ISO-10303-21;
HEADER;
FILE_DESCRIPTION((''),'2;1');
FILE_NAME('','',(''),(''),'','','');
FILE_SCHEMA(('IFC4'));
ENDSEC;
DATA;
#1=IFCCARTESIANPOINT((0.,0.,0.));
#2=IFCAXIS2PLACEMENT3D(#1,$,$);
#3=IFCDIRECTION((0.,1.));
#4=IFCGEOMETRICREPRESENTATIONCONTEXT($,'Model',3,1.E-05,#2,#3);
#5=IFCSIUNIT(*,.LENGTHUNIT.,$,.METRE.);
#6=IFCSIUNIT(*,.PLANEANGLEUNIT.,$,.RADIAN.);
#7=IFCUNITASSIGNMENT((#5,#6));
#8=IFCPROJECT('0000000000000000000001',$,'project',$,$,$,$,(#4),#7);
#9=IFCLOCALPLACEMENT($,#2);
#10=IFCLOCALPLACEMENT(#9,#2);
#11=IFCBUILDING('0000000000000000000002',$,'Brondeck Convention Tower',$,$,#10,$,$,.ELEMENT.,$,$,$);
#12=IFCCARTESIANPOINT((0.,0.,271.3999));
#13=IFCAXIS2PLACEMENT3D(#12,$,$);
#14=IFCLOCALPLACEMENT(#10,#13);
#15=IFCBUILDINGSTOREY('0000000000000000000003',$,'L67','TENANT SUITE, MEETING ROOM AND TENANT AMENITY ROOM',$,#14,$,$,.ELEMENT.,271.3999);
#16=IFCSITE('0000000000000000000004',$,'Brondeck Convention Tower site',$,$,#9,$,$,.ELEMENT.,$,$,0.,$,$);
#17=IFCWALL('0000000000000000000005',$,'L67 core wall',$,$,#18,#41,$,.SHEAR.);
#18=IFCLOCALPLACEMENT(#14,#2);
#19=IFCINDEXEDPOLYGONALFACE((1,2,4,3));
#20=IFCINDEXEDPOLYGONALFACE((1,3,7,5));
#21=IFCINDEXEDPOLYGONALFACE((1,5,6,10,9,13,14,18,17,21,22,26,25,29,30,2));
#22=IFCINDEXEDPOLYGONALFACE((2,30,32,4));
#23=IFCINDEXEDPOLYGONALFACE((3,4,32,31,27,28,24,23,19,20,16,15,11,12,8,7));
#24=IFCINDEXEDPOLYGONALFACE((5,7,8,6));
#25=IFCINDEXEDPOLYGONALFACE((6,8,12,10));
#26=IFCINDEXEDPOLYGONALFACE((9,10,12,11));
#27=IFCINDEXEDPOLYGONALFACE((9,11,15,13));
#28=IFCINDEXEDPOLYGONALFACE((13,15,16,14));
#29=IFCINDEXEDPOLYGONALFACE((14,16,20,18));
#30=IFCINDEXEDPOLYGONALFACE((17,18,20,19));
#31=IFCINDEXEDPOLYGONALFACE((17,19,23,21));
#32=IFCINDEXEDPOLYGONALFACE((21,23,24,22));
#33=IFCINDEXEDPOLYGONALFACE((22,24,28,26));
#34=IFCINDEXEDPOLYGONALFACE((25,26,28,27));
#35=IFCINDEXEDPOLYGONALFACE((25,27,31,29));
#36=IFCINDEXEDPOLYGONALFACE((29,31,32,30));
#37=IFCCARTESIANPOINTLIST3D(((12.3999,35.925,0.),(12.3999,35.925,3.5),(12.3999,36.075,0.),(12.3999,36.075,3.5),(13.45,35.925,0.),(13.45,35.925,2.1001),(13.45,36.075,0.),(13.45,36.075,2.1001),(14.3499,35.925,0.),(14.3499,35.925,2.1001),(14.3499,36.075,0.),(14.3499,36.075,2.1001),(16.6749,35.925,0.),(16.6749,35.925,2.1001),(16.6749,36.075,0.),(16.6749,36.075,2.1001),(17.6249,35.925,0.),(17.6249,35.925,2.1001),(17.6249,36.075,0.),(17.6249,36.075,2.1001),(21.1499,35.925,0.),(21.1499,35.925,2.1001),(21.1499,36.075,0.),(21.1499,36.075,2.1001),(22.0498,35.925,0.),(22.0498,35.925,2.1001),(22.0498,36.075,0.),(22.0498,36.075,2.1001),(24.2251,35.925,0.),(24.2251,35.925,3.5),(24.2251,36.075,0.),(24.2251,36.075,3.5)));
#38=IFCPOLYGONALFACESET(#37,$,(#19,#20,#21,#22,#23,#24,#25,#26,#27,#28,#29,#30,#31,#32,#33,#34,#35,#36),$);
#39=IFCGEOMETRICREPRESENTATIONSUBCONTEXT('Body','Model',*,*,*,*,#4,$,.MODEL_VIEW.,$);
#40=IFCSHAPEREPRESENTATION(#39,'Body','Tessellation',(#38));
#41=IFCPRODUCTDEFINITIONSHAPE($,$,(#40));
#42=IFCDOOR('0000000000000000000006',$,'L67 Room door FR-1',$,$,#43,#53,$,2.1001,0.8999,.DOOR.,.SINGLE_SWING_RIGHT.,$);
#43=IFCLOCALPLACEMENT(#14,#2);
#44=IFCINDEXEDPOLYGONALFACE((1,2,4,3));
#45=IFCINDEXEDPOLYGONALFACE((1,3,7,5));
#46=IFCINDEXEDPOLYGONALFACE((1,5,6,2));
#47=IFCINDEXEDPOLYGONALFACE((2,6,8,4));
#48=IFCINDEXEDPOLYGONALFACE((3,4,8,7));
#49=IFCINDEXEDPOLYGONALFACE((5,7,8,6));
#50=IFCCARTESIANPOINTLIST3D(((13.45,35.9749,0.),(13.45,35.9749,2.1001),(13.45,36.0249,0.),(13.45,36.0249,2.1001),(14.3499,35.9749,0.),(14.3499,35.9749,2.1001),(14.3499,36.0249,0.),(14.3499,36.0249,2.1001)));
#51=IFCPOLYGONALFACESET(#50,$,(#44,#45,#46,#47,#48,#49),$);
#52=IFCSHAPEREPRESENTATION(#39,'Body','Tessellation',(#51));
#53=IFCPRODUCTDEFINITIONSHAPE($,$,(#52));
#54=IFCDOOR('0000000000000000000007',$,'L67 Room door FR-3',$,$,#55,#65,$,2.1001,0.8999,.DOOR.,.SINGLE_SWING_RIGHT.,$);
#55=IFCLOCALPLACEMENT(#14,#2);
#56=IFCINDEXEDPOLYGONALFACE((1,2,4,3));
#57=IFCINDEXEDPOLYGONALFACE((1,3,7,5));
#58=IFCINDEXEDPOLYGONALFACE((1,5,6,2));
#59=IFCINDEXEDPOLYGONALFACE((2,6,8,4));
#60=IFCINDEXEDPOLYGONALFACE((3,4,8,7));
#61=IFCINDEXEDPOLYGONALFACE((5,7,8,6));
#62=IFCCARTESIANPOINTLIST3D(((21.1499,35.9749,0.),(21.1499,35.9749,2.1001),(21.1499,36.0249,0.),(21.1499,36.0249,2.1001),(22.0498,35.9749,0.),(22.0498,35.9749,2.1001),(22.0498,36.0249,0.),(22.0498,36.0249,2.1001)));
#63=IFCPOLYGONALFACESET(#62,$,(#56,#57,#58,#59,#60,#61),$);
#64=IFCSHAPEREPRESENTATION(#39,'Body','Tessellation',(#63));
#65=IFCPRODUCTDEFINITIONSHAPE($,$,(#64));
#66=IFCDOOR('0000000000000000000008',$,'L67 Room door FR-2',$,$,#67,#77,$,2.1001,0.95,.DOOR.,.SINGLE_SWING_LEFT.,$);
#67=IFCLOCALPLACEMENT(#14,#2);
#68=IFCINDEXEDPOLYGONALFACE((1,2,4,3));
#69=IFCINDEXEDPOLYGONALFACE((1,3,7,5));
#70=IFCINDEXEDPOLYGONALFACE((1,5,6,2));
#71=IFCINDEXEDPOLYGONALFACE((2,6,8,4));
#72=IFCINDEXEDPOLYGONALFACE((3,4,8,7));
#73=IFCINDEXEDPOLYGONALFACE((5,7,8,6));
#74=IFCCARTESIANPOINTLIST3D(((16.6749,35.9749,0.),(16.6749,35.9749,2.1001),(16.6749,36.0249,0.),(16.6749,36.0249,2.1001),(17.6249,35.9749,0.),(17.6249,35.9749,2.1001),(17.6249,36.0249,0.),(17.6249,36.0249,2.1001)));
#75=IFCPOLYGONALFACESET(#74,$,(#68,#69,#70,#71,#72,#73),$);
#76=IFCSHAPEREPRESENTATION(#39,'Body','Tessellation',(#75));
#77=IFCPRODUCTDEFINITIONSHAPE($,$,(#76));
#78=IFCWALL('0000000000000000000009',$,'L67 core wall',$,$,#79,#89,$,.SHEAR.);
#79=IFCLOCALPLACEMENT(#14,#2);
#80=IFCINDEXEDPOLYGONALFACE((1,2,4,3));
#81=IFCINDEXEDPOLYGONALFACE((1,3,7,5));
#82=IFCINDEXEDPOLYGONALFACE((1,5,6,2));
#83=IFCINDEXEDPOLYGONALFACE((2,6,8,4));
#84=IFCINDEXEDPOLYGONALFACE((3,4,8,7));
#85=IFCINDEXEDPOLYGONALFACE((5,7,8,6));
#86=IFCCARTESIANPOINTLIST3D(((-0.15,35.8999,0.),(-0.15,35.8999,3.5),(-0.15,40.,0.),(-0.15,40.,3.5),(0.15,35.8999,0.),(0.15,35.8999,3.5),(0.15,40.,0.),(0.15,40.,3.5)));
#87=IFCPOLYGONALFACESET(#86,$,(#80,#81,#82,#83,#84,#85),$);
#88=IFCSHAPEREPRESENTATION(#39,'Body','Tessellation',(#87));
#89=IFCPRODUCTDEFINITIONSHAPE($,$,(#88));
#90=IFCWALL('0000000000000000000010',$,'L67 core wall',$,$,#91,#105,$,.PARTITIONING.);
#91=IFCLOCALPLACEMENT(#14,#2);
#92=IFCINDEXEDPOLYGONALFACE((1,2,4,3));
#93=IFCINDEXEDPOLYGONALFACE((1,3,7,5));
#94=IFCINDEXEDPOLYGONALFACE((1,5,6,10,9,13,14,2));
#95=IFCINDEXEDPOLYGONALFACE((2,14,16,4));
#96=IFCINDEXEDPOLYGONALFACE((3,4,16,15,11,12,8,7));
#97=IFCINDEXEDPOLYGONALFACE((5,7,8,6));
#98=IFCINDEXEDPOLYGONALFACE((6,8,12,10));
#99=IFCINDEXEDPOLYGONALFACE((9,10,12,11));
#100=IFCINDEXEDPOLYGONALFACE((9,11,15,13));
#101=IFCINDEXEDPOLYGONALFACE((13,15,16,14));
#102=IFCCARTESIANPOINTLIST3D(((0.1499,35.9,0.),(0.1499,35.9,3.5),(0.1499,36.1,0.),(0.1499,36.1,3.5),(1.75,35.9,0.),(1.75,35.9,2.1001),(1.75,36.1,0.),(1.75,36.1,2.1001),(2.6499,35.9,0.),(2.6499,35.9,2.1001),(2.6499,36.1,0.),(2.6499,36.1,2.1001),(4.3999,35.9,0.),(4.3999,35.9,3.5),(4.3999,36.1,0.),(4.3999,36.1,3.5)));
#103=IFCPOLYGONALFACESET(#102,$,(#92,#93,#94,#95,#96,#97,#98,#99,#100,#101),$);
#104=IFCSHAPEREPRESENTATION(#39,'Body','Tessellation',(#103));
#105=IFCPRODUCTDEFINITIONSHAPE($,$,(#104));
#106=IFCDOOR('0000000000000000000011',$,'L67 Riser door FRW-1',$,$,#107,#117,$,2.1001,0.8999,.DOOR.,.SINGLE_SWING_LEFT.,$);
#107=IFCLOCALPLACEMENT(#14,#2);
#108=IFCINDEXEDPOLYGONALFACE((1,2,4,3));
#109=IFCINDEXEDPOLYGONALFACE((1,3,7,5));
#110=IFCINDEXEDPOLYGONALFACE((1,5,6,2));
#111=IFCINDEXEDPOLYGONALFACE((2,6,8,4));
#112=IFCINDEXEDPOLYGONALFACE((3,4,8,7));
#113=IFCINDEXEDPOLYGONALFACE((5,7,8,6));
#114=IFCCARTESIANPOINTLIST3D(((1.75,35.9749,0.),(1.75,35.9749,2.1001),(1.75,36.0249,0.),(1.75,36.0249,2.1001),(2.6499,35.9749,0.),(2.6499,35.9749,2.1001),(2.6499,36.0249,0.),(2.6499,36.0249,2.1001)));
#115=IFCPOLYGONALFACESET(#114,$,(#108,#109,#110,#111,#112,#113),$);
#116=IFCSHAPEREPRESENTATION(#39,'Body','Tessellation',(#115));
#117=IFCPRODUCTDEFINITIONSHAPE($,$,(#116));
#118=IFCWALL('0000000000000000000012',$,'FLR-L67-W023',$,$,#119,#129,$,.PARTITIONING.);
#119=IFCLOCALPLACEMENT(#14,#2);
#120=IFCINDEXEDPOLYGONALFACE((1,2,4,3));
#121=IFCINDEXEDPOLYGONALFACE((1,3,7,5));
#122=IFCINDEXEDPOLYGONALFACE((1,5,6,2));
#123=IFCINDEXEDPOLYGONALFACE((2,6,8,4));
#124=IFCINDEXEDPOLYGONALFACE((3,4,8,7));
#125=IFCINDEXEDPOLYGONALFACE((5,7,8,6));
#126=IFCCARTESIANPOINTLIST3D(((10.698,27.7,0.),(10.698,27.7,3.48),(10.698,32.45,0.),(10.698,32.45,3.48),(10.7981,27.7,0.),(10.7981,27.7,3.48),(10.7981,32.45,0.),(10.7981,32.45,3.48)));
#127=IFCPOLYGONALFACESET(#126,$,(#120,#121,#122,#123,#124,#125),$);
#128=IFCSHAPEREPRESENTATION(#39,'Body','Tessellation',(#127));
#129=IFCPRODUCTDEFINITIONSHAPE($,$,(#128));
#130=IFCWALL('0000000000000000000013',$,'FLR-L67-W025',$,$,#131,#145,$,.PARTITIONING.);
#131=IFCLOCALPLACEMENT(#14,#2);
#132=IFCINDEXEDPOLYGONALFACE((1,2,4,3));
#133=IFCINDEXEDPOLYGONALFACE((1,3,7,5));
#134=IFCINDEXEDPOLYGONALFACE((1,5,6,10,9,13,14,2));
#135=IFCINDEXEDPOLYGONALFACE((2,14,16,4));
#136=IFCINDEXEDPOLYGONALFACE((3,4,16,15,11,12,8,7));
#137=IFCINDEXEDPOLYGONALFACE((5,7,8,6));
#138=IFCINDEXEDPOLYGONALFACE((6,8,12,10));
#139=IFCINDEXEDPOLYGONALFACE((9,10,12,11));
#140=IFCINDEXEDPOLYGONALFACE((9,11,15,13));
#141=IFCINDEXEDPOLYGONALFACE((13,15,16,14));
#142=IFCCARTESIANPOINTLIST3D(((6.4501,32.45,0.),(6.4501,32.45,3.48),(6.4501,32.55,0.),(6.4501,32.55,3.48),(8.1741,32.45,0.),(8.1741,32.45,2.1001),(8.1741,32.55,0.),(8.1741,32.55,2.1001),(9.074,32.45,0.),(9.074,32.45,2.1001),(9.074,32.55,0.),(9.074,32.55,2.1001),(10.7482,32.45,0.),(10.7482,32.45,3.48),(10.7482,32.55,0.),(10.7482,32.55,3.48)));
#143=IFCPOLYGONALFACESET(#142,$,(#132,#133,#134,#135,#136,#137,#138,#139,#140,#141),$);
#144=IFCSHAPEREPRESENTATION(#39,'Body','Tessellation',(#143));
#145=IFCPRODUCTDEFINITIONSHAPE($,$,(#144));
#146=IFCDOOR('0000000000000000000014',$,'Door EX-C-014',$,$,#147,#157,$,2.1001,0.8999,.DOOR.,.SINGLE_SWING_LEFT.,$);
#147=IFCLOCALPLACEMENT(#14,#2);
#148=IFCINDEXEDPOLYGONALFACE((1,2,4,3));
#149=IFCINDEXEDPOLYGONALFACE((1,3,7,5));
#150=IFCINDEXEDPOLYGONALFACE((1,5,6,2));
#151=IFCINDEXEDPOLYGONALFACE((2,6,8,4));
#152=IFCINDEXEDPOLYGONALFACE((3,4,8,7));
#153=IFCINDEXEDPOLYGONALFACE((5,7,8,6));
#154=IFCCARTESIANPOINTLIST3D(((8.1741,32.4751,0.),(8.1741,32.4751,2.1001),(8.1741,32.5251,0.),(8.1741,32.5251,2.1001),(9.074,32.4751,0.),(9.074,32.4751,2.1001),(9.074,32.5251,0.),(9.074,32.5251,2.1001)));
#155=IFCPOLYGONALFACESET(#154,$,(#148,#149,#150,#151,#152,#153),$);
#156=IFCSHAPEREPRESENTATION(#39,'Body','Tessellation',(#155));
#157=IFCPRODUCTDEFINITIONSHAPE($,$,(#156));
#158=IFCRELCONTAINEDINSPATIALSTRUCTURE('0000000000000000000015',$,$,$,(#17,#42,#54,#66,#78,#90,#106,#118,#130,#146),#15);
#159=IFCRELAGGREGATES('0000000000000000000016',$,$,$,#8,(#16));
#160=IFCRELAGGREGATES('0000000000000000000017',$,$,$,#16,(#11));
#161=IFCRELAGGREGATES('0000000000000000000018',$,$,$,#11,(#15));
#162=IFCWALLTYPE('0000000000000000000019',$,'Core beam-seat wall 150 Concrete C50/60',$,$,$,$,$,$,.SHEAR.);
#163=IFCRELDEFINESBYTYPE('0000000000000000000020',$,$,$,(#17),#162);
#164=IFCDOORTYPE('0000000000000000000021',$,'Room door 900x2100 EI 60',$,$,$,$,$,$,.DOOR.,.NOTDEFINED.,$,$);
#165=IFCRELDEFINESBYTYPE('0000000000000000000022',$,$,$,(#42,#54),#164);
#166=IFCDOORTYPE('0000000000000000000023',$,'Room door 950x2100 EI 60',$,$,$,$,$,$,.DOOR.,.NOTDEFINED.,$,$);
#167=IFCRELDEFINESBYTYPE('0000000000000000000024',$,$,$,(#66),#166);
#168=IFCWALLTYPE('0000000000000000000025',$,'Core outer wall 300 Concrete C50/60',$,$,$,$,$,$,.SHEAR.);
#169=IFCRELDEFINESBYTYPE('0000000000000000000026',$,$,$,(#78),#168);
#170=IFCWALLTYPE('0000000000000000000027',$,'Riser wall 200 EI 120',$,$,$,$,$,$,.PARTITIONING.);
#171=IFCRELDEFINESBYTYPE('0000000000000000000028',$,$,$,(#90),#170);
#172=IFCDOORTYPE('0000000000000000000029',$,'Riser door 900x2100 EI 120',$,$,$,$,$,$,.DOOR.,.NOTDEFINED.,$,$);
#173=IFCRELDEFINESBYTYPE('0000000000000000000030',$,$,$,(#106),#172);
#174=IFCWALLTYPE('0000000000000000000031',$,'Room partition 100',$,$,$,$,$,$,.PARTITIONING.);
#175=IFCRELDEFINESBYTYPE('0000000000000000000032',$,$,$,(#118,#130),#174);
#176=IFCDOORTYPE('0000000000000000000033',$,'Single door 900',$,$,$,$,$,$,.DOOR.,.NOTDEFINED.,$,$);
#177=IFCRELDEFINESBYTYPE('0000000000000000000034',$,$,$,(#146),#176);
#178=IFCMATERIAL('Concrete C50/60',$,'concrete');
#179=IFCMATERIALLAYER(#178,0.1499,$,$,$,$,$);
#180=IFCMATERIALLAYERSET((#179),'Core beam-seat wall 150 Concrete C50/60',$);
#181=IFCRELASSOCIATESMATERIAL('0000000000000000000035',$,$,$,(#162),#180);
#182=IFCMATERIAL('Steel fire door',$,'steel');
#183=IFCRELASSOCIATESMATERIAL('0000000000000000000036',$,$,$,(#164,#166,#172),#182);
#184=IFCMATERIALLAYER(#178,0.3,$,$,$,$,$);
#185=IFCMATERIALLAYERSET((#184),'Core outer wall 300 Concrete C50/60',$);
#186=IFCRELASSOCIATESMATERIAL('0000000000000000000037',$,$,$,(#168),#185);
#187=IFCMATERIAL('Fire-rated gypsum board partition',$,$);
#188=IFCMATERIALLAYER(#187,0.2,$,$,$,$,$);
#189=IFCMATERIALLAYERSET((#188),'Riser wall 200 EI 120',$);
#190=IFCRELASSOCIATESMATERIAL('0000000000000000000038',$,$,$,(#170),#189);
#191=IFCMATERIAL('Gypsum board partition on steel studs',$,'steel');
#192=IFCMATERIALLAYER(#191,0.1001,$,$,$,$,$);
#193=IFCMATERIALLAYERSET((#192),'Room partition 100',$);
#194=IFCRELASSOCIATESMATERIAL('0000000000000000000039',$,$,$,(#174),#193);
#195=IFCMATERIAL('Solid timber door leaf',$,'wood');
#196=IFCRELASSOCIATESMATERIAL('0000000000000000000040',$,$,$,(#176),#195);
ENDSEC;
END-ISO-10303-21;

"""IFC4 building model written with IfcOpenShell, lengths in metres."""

from ifc_helpers import new_model, si_unit, direction, frame, frame_2d, origin, place, context, subcontext, project, spatial, rectangle, extrude, material, layer, layer_set, type_object, element, fill, save


model = new_model("IFC4")

# Units and contexts
model_context = context("Model", 3, precision=1e-05, world=origin(), true_north=direction((0.0, 1.0)))
body_context = subcontext(model_context, "Body", "Model", "MODEL_VIEW")
ifc_project = project(units=[si_unit("LENGTHUNIT", "METRE"), si_unit("PLANEANGLEUNIT", "RADIAN")], contexts=[model_context])

# Site, building, storey
site_placement = place(None, origin())
site = spatial("IfcSite", under=ifc_project, at=site_placement, Name="Brondeck Convention Tower site", CompositionType="ELEMENT", RefElevation=0.0)
building_placement = place(site_placement, origin())
building = spatial("IfcBuilding", under=site, at=building_placement, Name="Brondeck Convention Tower", CompositionType="ELEMENT")
storey_placement = place(building_placement, frame((0.0, 0.0, 271.3999)))
storey = spatial("IfcBuildingStorey", under=building, at=storey_placement, Name="L67", Description="TENANT SUITE, MEETING ROOM AND TENANT AMENITY ROOM", CompositionType="ELEMENT", Elevation=271.3999)

# Shared definitions
ifc_material_1 = material(Name="Concrete C50/60", Category="concrete")

# Wall, openings, doors
ifc_layer_1 = layer(ifc_material_1, 0.1499)
ifc_layer_set_1 = layer_set([ifc_layer_1], Name="Core beam-seat wall 150 Concrete C50/60")
wall_type_1 = type_object("IfcWallType", Name="Core beam-seat wall 150 Concrete C50/60", PredefinedType="SHEAR", material=ifc_layer_set_1)
wall_1_placement = place(storey_placement, frame((12.3999, 36.0, 0.0), z_axis=(0.0, 0.0, 1.0), x_axis=(1.0, 0.0, 0.0)))
wall_1 = element("IfcWall", 1, at=wall_1_placement, inside=storey, type_object=wall_type_1, Name="L67 core wall", PredefinedType="SHEAR", context=body_context, shape_type="SweptSolid", body=[
    extrude(rectangle(XDim=11.8252, YDim=0.1499, at=frame_2d((5.9126, 0.0))), origin(), (0.0, 0.0, 1.0), 3.5),
])
opening_1_placement = place(wall_1_placement, frame((1.05, 0.0, 0.0)))
opening_1 = element("IfcOpeningElement", 2, at=opening_1_placement, cuts=wall_1, PredefinedType="OPENING", context=body_context, shape_type="SweptSolid", body=[
    extrude(rectangle(XDim=0.8999, YDim=2.1001, at=frame_2d((0.45, 1.05))), frame((0.0, 0.085, 0.0), z_axis=(0.0, -1.0, 0.0), x_axis=(1.0, 0.0, 0.0)), (0.0, 0.0, 1.0), 0.1699),
])
opening_2_placement = place(wall_1_placement, frame((4.2749, 0.0, 0.0)))
opening_2 = element("IfcOpeningElement", 3, at=opening_2_placement, cuts=wall_1, PredefinedType="OPENING", context=body_context, shape_type="SweptSolid", body=[
    extrude(rectangle(XDim=0.95, YDim=2.1001, at=frame_2d((0.4751, 1.05))), frame((0.0, 0.085, 0.0), z_axis=(0.0, -1.0, 0.0), x_axis=(1.0, 0.0, 0.0)), (0.0, 0.0, 1.0), 0.1699),
])
opening_3_placement = place(wall_1_placement, frame((8.75, 0.0, 0.0)))
opening_3 = element("IfcOpeningElement", 4, at=opening_3_placement, cuts=wall_1, PredefinedType="OPENING", context=body_context, shape_type="SweptSolid", body=[
    extrude(rectangle(XDim=0.8999, YDim=2.1001, at=frame_2d((0.45, 1.05))), frame((0.0, 0.085, 0.0), z_axis=(0.0, -1.0, 0.0), x_axis=(1.0, 0.0, 0.0)), (0.0, 0.0, 1.0), 0.1699),
])
ifc_material_2 = material(Name="Steel fire door", Category="steel")
door_type_1 = type_object("IfcDoorType", Name="Room door 900x2100 EI 60", OperationType="NOTDEFINED", PredefinedType="DOOR", material=ifc_material_2)
door_1_placement = place(opening_1_placement, origin())
door_1 = element("IfcDoor", 5, at=door_1_placement, inside=storey, type_object=door_type_1, Name="L67 Room door FR-1", OperationType="SINGLE_SWING_RIGHT", OverallHeight=2.1001, OverallWidth=0.8999, PredefinedType="DOOR", context=body_context, shape_type="SweptSolid", body=[
    extrude(rectangle(XDim=0.8999, YDim=2.1001, at=frame_2d((0.45, 1.05))), frame((0.0, 0.0249, 0.0), z_axis=(0.0, -1.0, 0.0), x_axis=(1.0, 0.0, 0.0)), (0.0, 0.0, 1.0), 0.05),
])
fill(opening_1, door_1)
door_2_placement = place(opening_3_placement, origin())
door_2 = element("IfcDoor", 6, at=door_2_placement, inside=storey, type_object=door_type_1, Name="L67 Room door FR-3", OperationType="SINGLE_SWING_RIGHT", OverallHeight=2.1001, OverallWidth=0.8999, PredefinedType="DOOR", context=body_context, shape_type="SweptSolid", body=[
    extrude(rectangle(XDim=0.8999, YDim=2.1001, at=frame_2d((0.45, 1.05))), frame((0.0, 0.0249, 0.0), z_axis=(0.0, -1.0, 0.0), x_axis=(1.0, 0.0, 0.0)), (0.0, 0.0, 1.0), 0.05),
])
fill(opening_3, door_2)
door_type_2 = type_object("IfcDoorType", Name="Room door 950x2100 EI 60", OperationType="NOTDEFINED", PredefinedType="DOOR", material=ifc_material_2)
door_3_placement = place(opening_2_placement, origin())
door_3 = element("IfcDoor", 7, at=door_3_placement, inside=storey, type_object=door_type_2, Name="L67 Room door FR-2", OperationType="SINGLE_SWING_LEFT", OverallHeight=2.1001, OverallWidth=0.95, PredefinedType="DOOR", context=body_context, shape_type="SweptSolid", body=[
    extrude(rectangle(XDim=0.95, YDim=2.1001, at=frame_2d((0.4751, 1.05))), frame((0.0, 0.0249, 0.0), z_axis=(0.0, -1.0, 0.0), x_axis=(1.0, 0.0, 0.0)), (0.0, 0.0, 1.0), 0.05),
])
fill(opening_2, door_3)

# Wall
ifc_layer_2 = layer(ifc_material_1, 0.3)
ifc_layer_set_2 = layer_set([ifc_layer_2], Name="Core outer wall 300 Concrete C50/60")
wall_type_2 = type_object("IfcWallType", Name="Core outer wall 300 Concrete C50/60", PredefinedType="SHEAR", material=ifc_layer_set_2)
wall_2_placement = place(storey_placement, frame((0.0, 35.8999, 0.0), z_axis=(0.0, 0.0, 1.0), x_axis=(0.0, 1.0, 0.0)))
element("IfcWall", 8, at=wall_2_placement, inside=storey, type_object=wall_type_2, Name="L67 core wall", PredefinedType="SHEAR", context=body_context, shape_type="SweptSolid", body=[
    extrude(rectangle(XDim=4.1001, YDim=0.3, at=frame_2d((2.05, 0.0))), origin(), (0.0, 0.0, 1.0), 3.5),
])

# Wall, opening, door
ifc_material_3 = material(Name="Fire-rated gypsum board partition")
ifc_layer_3 = layer(ifc_material_3, 0.2)
ifc_layer_set_3 = layer_set([ifc_layer_3], Name="Riser wall 200 EI 120")
wall_type_3 = type_object("IfcWallType", Name="Riser wall 200 EI 120", PredefinedType="PARTITIONING", material=ifc_layer_set_3)
wall_3_placement = place(storey_placement, frame((0.1499, 36.0, 0.0), z_axis=(0.0, 0.0, 1.0), x_axis=(1.0, 0.0, 0.0)))
wall_3 = element("IfcWall", 9, at=wall_3_placement, inside=storey, type_object=wall_type_3, Name="L67 core wall", PredefinedType="PARTITIONING", context=body_context, shape_type="SweptSolid", body=[
    extrude(rectangle(XDim=4.25, YDim=0.2, at=frame_2d((2.125, 0.0))), origin(), (0.0, 0.0, 1.0), 3.5),
])
opening_4_placement = place(wall_3_placement, frame((1.6001, 0.0, 0.0)))
opening_4 = element("IfcOpeningElement", 10, at=opening_4_placement, cuts=wall_3, PredefinedType="OPENING", context=body_context, shape_type="SweptSolid", body=[
    extrude(rectangle(XDim=0.8999, YDim=2.1001, at=frame_2d((0.45, 1.05))), frame((0.0, 0.1099, 0.0), z_axis=(0.0, -1.0, 0.0), x_axis=(1.0, 0.0, 0.0)), (0.0, 0.0, 1.0), 0.22),
])
door_type_3 = type_object("IfcDoorType", Name="Riser door 900x2100 EI 120", OperationType="NOTDEFINED", PredefinedType="DOOR", material=ifc_material_2)
door_4_placement = place(opening_4_placement, origin())
door_4 = element("IfcDoor", 11, at=door_4_placement, inside=storey, type_object=door_type_3, Name="L67 Riser door FRW-1", OperationType="SINGLE_SWING_LEFT", OverallHeight=2.1001, OverallWidth=0.8999, PredefinedType="DOOR", context=body_context, shape_type="SweptSolid", body=[
    extrude(rectangle(XDim=0.8999, YDim=2.1001, at=frame_2d((0.45, 1.05))), frame((0.0, 0.0249, 0.0), z_axis=(0.0, -1.0, 0.0), x_axis=(1.0, 0.0, 0.0)), (0.0, 0.0, 1.0), 0.05),
])
fill(opening_4, door_4)

# Wall
ifc_material_4 = material(Name="Gypsum board partition on steel studs", Category="steel")
ifc_layer_4 = layer(ifc_material_4, 0.1001)
ifc_layer_set_4 = layer_set([ifc_layer_4], Name="Room partition 100")
wall_type_4 = type_object("IfcWallType", Name="Room partition 100", PredefinedType="PARTITIONING", material=ifc_layer_set_4)
wall_4_placement = place(storey_placement, frame((10.748, 32.45, 0.0), z_axis=(0.0, 0.0, 1.0), x_axis=(0.0, -1.0, 0.0)))
element("IfcWall", 12, at=wall_4_placement, inside=storey, type_object=wall_type_4, Name="FLR-L67-W023", PredefinedType="PARTITIONING", context=body_context, shape_type="SweptSolid", body=[
    extrude(rectangle(XDim=4.75, YDim=0.1001, at=frame_2d((2.375, 0.0))), origin(), (0.0, 0.0, 1.0), 3.48),
])

# Wall, opening, door
wall_5_placement = place(storey_placement, frame((10.748, 32.5, 0.0), z_axis=(0.0, 0.0, 1.0), x_axis=(-1.0, 0.0, 0.0)))
wall_5 = element("IfcWall", 13, at=wall_5_placement, inside=storey, type_object=wall_type_4, Name="FLR-L67-W025", PredefinedType="PARTITIONING", context=body_context, shape_type="SweptSolid", body=[
    extrude(rectangle(XDim=4.2981, YDim=0.1001, at=frame_2d((2.1489, 0.0))), origin(), (0.0, 0.0, 1.0), 3.48),
])
opening_5_placement = place(wall_5_placement, frame((1.6741, 0.0, 0.0)))
opening_5 = element("IfcOpeningElement", 14, at=opening_5_placement, cuts=wall_5, PredefinedType="OPENING", context=body_context, shape_type="SweptSolid", body=[
    extrude(rectangle(XDim=0.8999, YDim=2.1001, at=frame_2d((0.45, 1.05))), frame((0.0, 0.0601, 0.0), z_axis=(0.0, -1.0, 0.0), x_axis=(1.0, 0.0, 0.0)), (0.0, 0.0, 1.0), 0.1201),
])
ifc_material_5 = material(Name="Solid timber door leaf", Category="wood")
door_type_4 = type_object("IfcDoorType", Name="Single door 900", OperationType="NOTDEFINED", PredefinedType="DOOR", material=ifc_material_5)
door_5_placement = place(opening_5_placement, origin())
door_5 = element("IfcDoor", 15, at=door_5_placement, inside=storey, type_object=door_type_4, Name="Door EX-C-014", OperationType="SINGLE_SWING_LEFT", OverallHeight=2.1001, OverallWidth=0.8999, PredefinedType="DOOR", context=body_context, shape_type="SweptSolid", body=[
    extrude(rectangle(XDim=0.8999, YDim=2.1001, at=frame_2d((0.45, 1.05))), frame((0.0, 0.0249, 0.0), z_axis=(0.0, -1.0, 0.0), x_axis=(1.0, 0.0, 0.0)), (0.0, 0.0, 1.0), 0.05),
])
fill(opening_5, door_5)

save(model, "model.ifc")
